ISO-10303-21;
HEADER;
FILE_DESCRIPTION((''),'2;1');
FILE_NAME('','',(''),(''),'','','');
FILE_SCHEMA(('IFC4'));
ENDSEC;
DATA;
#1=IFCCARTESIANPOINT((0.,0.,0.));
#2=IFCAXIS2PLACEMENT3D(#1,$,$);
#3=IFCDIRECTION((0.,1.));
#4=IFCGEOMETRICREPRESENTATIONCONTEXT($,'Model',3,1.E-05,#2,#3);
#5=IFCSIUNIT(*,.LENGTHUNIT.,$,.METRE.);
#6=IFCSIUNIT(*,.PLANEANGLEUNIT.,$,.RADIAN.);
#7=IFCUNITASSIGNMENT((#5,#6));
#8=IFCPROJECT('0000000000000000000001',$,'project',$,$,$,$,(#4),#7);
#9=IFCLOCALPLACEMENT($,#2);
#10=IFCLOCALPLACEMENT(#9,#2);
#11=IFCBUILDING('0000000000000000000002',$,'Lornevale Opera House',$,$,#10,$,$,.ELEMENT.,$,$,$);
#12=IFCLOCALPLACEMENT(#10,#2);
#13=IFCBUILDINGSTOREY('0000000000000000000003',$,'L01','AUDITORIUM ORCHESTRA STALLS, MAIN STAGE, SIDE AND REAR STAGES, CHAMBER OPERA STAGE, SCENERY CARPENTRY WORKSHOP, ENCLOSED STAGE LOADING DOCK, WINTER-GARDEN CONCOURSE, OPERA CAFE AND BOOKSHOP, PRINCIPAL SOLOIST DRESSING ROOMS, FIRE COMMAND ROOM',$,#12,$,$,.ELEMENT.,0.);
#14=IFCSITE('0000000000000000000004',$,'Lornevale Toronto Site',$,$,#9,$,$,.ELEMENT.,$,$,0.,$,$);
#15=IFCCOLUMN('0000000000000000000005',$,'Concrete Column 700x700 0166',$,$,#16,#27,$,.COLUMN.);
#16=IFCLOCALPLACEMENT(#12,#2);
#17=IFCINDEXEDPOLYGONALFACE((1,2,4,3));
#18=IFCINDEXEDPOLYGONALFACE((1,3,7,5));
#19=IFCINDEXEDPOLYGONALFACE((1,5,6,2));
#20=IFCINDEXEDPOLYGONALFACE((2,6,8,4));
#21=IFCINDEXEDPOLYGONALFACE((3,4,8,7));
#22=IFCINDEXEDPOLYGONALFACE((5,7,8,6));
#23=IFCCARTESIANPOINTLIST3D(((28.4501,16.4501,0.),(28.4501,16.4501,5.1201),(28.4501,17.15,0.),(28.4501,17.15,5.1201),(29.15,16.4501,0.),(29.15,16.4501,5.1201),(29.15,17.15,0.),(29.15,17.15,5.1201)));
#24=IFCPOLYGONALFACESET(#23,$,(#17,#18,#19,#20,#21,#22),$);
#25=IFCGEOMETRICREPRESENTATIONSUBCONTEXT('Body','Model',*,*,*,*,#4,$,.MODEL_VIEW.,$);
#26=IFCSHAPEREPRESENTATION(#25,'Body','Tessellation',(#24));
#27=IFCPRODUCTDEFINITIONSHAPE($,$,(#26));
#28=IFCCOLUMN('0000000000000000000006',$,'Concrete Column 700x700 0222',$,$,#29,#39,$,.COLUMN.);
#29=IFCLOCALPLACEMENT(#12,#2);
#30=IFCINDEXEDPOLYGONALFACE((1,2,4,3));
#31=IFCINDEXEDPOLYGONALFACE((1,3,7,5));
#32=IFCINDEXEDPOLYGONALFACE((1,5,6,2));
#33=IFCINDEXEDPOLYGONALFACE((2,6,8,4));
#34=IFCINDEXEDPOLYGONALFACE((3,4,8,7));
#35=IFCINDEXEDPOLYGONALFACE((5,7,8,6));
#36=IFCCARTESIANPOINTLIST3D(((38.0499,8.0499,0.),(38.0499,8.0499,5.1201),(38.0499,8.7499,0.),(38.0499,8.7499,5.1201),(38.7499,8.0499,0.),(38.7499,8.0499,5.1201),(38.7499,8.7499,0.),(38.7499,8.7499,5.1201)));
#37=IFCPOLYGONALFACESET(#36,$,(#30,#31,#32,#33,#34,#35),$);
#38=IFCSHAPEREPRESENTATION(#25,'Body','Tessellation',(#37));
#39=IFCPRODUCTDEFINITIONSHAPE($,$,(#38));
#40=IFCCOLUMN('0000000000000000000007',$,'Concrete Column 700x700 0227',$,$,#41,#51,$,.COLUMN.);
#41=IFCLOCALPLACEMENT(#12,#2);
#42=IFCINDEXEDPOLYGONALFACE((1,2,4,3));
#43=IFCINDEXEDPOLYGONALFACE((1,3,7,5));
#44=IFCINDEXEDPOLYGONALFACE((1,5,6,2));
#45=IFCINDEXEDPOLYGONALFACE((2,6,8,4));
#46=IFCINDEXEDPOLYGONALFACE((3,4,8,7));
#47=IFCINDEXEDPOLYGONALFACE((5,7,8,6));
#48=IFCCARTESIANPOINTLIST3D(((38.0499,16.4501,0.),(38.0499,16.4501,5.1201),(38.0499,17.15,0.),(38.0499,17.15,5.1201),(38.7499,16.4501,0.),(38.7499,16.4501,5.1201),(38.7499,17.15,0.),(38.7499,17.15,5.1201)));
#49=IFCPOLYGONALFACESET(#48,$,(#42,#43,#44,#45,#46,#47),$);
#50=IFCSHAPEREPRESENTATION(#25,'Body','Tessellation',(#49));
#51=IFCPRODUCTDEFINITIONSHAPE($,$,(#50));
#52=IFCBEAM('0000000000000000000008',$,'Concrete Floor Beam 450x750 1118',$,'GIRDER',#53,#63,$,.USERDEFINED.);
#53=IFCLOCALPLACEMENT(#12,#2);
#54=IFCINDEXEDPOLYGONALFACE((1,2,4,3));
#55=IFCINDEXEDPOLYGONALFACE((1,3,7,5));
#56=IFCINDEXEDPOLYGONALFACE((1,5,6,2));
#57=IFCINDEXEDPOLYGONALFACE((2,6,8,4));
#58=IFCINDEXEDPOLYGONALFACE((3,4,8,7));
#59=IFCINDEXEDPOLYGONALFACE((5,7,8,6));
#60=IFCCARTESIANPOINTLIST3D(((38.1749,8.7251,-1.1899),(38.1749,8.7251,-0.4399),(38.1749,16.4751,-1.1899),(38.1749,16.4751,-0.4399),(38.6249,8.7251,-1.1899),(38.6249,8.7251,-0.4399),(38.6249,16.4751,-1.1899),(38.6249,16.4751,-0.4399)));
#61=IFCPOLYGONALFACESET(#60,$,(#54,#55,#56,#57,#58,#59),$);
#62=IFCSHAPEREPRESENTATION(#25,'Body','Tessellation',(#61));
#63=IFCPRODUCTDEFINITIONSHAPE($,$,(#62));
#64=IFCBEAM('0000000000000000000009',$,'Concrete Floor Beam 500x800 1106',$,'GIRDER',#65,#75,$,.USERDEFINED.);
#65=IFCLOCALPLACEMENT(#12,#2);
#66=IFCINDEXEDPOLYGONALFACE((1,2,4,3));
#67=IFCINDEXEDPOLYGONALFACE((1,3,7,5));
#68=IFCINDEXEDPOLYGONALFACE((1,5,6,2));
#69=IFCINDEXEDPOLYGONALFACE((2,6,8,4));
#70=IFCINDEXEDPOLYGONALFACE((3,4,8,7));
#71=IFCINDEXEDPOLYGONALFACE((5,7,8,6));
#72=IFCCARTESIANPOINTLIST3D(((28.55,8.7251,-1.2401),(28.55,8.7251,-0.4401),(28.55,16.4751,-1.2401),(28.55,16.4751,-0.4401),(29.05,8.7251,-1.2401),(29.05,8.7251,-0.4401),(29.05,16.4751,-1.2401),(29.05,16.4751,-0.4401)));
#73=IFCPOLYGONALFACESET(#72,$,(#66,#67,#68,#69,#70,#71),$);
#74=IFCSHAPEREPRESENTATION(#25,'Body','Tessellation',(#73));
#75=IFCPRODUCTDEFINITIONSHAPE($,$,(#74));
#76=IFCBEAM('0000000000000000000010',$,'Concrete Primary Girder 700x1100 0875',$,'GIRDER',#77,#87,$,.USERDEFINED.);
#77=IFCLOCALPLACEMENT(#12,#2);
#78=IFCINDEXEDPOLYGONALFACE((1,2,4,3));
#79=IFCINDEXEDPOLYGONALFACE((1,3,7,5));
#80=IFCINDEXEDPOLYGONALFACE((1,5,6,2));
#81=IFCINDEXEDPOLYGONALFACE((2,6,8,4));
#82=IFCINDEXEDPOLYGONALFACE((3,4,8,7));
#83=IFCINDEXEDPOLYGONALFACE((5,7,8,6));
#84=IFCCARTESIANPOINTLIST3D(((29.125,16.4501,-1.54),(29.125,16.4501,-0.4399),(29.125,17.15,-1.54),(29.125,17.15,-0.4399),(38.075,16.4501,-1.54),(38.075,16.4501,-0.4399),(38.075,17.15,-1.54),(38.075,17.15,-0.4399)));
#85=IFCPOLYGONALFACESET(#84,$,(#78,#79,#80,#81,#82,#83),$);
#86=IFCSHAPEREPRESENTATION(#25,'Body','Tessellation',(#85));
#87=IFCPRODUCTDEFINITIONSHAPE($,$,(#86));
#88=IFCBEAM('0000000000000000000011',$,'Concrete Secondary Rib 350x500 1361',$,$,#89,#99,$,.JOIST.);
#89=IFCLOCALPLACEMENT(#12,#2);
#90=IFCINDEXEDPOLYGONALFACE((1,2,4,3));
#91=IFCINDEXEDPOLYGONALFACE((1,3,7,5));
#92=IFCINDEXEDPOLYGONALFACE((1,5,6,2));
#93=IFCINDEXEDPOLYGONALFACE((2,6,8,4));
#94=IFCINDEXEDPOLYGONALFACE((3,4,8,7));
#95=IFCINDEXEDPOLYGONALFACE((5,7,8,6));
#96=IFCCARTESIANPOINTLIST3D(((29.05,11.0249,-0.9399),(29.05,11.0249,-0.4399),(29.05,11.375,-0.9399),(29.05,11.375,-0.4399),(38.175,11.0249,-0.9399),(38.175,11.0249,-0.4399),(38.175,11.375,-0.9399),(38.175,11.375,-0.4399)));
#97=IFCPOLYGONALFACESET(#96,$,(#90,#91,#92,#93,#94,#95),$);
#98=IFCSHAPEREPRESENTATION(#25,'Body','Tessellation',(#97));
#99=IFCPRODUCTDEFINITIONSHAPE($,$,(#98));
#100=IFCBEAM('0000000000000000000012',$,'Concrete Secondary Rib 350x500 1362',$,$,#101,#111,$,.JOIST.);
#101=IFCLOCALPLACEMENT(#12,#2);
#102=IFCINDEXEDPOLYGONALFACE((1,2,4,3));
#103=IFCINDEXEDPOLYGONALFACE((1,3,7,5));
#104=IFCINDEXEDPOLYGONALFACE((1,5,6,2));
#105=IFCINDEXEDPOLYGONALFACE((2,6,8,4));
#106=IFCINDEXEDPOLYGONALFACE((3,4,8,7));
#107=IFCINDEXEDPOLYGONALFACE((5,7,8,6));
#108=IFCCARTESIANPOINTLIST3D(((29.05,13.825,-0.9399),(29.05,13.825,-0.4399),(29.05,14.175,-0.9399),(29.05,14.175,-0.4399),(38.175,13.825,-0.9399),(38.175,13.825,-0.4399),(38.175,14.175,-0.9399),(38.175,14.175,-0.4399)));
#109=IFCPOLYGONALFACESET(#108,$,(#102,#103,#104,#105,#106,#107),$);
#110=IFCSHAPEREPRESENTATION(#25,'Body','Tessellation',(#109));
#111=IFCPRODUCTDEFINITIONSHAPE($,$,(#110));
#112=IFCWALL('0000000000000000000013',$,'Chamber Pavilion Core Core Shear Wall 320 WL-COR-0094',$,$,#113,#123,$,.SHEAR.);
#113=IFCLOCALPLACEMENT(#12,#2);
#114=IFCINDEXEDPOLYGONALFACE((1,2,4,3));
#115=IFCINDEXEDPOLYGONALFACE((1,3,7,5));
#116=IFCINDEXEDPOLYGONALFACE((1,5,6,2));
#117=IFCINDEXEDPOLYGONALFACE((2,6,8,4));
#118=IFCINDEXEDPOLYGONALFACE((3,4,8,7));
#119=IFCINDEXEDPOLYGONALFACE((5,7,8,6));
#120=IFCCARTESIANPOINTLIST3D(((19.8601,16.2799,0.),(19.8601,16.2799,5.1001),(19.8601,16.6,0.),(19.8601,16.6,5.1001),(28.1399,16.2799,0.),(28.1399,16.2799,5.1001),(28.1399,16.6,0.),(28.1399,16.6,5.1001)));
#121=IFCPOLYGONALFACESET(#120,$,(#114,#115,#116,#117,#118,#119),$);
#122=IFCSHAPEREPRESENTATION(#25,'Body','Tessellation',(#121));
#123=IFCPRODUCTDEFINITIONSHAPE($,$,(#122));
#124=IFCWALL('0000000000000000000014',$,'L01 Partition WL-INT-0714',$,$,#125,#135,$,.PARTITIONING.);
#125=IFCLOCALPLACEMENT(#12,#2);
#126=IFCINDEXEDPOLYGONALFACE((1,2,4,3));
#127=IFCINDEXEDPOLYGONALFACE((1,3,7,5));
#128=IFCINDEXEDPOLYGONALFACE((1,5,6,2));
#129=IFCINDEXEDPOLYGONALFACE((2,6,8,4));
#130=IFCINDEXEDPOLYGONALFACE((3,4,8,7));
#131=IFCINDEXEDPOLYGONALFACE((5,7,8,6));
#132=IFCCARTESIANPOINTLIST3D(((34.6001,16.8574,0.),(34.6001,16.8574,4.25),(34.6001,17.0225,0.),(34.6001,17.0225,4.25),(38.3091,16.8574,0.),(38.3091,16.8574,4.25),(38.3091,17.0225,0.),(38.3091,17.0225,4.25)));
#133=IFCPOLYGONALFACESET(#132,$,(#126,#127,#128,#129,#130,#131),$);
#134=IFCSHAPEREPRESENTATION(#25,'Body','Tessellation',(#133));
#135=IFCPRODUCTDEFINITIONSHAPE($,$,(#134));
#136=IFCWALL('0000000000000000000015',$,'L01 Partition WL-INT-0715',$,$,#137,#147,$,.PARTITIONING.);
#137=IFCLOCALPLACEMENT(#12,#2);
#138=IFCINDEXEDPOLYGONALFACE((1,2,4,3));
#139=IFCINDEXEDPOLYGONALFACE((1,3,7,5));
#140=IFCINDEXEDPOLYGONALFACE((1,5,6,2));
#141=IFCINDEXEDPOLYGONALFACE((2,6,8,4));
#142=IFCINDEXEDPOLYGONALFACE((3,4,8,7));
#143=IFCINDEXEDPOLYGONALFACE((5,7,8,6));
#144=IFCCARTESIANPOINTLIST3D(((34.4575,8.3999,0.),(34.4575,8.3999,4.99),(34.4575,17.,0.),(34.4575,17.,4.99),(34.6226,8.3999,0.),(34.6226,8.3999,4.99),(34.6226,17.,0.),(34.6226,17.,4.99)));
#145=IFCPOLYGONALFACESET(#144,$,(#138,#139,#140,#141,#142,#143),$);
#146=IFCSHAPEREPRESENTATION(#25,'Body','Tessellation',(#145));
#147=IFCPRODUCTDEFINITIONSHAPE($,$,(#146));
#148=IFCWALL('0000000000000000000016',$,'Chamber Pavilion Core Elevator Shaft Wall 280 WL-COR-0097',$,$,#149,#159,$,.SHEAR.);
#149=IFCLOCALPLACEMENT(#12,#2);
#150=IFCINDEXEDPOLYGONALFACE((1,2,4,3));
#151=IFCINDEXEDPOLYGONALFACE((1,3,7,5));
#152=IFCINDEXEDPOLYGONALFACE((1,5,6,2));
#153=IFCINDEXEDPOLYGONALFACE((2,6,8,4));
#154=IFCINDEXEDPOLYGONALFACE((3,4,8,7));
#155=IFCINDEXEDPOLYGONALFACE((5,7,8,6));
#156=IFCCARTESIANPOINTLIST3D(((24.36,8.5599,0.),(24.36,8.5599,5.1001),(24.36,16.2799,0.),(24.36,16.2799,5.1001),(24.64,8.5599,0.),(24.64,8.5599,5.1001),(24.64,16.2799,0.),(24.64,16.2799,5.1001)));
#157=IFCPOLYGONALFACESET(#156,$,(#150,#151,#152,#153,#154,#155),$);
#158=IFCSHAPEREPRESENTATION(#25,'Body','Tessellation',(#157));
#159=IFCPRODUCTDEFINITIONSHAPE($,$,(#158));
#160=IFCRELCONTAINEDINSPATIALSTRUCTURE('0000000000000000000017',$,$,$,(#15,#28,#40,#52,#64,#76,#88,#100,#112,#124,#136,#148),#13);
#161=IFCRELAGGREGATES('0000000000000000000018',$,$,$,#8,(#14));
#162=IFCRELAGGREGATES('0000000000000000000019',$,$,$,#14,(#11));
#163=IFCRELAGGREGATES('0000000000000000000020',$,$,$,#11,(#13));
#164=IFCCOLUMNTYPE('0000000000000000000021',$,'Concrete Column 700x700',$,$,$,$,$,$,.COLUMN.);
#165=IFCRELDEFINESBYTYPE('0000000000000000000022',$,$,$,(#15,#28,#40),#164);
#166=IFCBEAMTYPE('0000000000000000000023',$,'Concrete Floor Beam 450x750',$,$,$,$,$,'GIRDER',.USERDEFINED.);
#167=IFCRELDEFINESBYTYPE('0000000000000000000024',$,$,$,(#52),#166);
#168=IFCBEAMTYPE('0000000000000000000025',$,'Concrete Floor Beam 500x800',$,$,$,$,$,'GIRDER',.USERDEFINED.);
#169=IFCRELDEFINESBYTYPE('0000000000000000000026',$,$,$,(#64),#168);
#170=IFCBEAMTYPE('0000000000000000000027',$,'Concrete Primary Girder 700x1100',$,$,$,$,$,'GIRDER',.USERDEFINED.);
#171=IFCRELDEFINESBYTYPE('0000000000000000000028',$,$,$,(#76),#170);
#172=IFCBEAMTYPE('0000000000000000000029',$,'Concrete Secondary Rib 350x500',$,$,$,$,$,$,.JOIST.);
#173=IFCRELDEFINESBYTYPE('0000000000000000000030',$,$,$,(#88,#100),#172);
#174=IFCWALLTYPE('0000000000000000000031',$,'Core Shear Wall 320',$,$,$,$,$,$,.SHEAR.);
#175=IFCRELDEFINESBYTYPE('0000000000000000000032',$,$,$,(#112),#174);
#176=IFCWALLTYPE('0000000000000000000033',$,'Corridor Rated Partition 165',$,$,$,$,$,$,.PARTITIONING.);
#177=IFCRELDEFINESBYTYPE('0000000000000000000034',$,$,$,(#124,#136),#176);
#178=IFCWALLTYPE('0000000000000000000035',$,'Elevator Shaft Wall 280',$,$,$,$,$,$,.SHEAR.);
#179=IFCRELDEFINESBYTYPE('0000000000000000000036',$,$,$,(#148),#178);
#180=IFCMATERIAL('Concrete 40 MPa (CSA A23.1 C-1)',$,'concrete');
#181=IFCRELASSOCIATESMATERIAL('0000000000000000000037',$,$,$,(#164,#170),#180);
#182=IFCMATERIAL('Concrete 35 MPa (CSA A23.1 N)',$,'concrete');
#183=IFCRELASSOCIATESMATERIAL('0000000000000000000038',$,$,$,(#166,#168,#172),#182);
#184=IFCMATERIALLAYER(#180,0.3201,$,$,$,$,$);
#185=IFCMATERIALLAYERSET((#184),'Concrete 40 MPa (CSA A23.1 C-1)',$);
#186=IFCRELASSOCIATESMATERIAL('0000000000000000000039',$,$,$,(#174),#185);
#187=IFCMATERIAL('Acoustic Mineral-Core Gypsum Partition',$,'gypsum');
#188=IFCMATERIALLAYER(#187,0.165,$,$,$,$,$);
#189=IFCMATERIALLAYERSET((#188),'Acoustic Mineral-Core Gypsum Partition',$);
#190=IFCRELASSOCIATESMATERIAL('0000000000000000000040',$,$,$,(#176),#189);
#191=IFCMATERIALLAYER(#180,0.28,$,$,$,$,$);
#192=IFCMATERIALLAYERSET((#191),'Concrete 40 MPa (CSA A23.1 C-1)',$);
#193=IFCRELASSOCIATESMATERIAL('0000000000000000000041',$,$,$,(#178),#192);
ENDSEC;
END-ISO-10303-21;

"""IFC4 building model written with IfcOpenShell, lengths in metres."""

from ifc_helpers import new_model, si_unit, direction, frame, frame_2d, origin, origin_2d, place, context, subcontext, project, spatial, rectangle, extrude, material, layer, layer_set, material_profile, profile_set, type_object, element, save


model = new_model("IFC4")

# Units and contexts
model_context = context("Model", 3, precision=1e-05, world=origin(), true_north=direction((0.0, 1.0)))
body_context = subcontext(model_context, "Body", "Model", "MODEL_VIEW")
ifc_project = project(units=[si_unit("LENGTHUNIT", "METRE"), si_unit("PLANEANGLEUNIT", "RADIAN")], contexts=[model_context])

# Site, building, storey
site_placement = place(None, origin())
site = spatial("IfcSite", under=ifc_project, at=site_placement, Name="Lornevale Toronto Site", CompositionType="ELEMENT", RefElevation=0.0)
building_placement = place(site_placement, origin())
building = spatial("IfcBuilding", under=site, at=building_placement, Name="Lornevale Opera House", CompositionType="ELEMENT")
storey_placement = place(building_placement, origin())
storey = spatial("IfcBuildingStorey", under=building, at=storey_placement, Name="L01", Description="AUDITORIUM ORCHESTRA STALLS, MAIN STAGE, SIDE AND REAR STAGES, CHAMBER OPERA STAGE, SCENERY CARPENTRY WORKSHOP, ENCLOSED STAGE LOADING DOCK, WINTER-GARDEN CONCOURSE, OPERA CAFE AND BOOKSHOP, PRINCIPAL SOLOIST DRESSING ROOMS, FIRE COMMAND ROOM", CompositionType="ELEMENT", Elevation=0.0)

# Columns
ifc_material_1 = material(Name="Concrete 40 MPa (CSA A23.1 C-1)", Category="concrete")
ifc_material_profile_1 = material_profile(ifc_material_1, rectangle(XDim=0.7, YDim=0.7, at=origin_2d()), Name="RC700x700")
ifc_profile_set_1 = profile_set([ifc_material_profile_1], Name="Concrete 40 MPa (CSA A23.1 C-1)")
column_type = type_object("IfcColumnType", Name="Concrete Column 700x700", PredefinedType="COLUMN", material=ifc_profile_set_1)
for number, where, z_axis, x_axis, name in (
    (1, (28.8, 16.8, 0.0), (0.0, 0.0, 1.0), (1.0, 0.0, 0.0), "Concrete Column 700x700 0166"),
    (2, (38.3999, 8.3999, 0.0), (0.0, 0.0, 1.0), (1.0, 0.0, 0.0), "Concrete Column 700x700 0222"),
    (3, (38.3999, 16.8, 0.0), (0.0, 0.0, 1.0), (1.0, 0.0, 0.0), "Concrete Column 700x700 0227"),
):
    element("IfcColumn", number, at=place(storey_placement, frame(where, z_axis=z_axis, x_axis=x_axis)), inside=storey, type_object=column_type, Name=name, PredefinedType="COLUMN", context=body_context, shape_type="SweptSolid", body=[
        extrude(rectangle(XDim=0.7, YDim=0.7, at=origin_2d()), origin(), (0.0, 0.0, 1.0), 5.1201),
    ])

# Beams
ifc_material_2 = material(Name="Concrete 35 MPa (CSA A23.1 N)", Category="concrete")
ifc_material_profile_2 = material_profile(ifc_material_2, rectangle(XDim=0.45, YDim=0.75, at=origin_2d()), Name="RC450x750")
ifc_profile_set_2 = profile_set([ifc_material_profile_2], Name="Concrete 35 MPa (CSA A23.1 N)")
beam_type_1 = type_object("IfcBeamType", Name="Concrete Floor Beam 450x750", ElementType="GIRDER", PredefinedType="USERDEFINED", material=ifc_profile_set_2)
beam_1_placement = place(storey_placement, frame((38.3999, 8.7251, -0.8149), z_axis=(0.0, 1.0, 0.0), x_axis=(-1.0, 0.0, 0.0)))
element("IfcBeam", 4, at=beam_1_placement, inside=storey, type_object=beam_type_1, Name="Concrete Floor Beam 450x750 1118", ObjectType="GIRDER", PredefinedType="USERDEFINED", context=body_context, shape_type="SweptSolid", body=[
    extrude(rectangle(XDim=0.45, YDim=0.75, at=origin_2d()), origin(), (0.0, 0.0, 1.0), 7.75),
])
ifc_material_profile_3 = material_profile(ifc_material_2, rectangle(XDim=0.5, YDim=0.8, at=origin_2d()), Name="RC500x800")
ifc_profile_set_3 = profile_set([ifc_material_profile_3], Name="Concrete 35 MPa (CSA A23.1 N)")
beam_type_2 = type_object("IfcBeamType", Name="Concrete Floor Beam 500x800", ElementType="GIRDER", PredefinedType="USERDEFINED", material=ifc_profile_set_3)
beam_2_placement = place(storey_placement, frame((28.8, 8.7251, -0.8401), z_axis=(0.0, 1.0, 0.0), x_axis=(-1.0, 0.0, 0.0)))
element("IfcBeam", 5, at=beam_2_placement, inside=storey, type_object=beam_type_2, Name="Concrete Floor Beam 500x800 1106", ObjectType="GIRDER", PredefinedType="USERDEFINED", context=body_context, shape_type="SweptSolid", body=[
    extrude(rectangle(XDim=0.5, YDim=0.8, at=origin_2d()), origin(), (0.0, 0.0, 1.0), 7.75),
])
ifc_material_profile_4 = material_profile(ifc_material_1, rectangle(XDim=0.7, YDim=1.1001, at=origin_2d()), Name="RC700x1100")
ifc_profile_set_4 = profile_set([ifc_material_profile_4], Name="Concrete 40 MPa (CSA A23.1 C-1)")
beam_type_3 = type_object("IfcBeamType", Name="Concrete Primary Girder 700x1100", ElementType="GIRDER", PredefinedType="USERDEFINED", material=ifc_profile_set_4)
beam_3_placement = place(storey_placement, frame((29.125, 16.8, -0.99), z_axis=(1.0, 0.0, 0.0), x_axis=(0.0, 1.0, 0.0)))
element("IfcBeam", 6, at=beam_3_placement, inside=storey, type_object=beam_type_3, Name="Concrete Primary Girder 700x1100 0875", ObjectType="GIRDER", PredefinedType="USERDEFINED", context=body_context, shape_type="SweptSolid", body=[
    extrude(rectangle(XDim=0.7, YDim=1.1001, at=origin_2d()), origin(), (0.0, 0.0, 1.0), 8.95),
])
ifc_material_profile_5 = material_profile(ifc_material_2, rectangle(XDim=0.3501, YDim=0.5, at=origin_2d()), Name="RC350x500")
ifc_profile_set_5 = profile_set([ifc_material_profile_5], Name="Concrete 35 MPa (CSA A23.1 N)")
beam_type_4 = type_object("IfcBeamType", Name="Concrete Secondary Rib 350x500", PredefinedType="JOIST", material=ifc_profile_set_5)
for number, where, z_axis, x_axis, name in (
    (7, (29.05, 11.2, -0.6899), (1.0, 0.0, 0.0), (0.0, 1.0, 0.0), "Concrete Secondary Rib 350x500 1361"),
    (8, (29.05, 14.0, -0.6899), (1.0, 0.0, 0.0), (0.0, 1.0, 0.0), "Concrete Secondary Rib 350x500 1362"),
):
    element("IfcBeam", number, at=place(storey_placement, frame(where, z_axis=z_axis, x_axis=x_axis)), inside=storey, type_object=beam_type_4, Name=name, PredefinedType="JOIST", context=body_context, shape_type="SweptSolid", body=[
        extrude(rectangle(XDim=0.3501, YDim=0.5, at=origin_2d()), origin(), (0.0, 0.0, 1.0), 9.125),
    ])

# Walls
ifc_layer_1 = layer(ifc_material_1, 0.3201)
ifc_layer_set_1 = layer_set([ifc_layer_1], Name="Concrete 40 MPa (CSA A23.1 C-1)")
wall_type_1 = type_object("IfcWallType", Name="Core Shear Wall 320", PredefinedType="SHEAR", material=ifc_layer_set_1)
wall_1_placement = place(storey_placement, frame((28.1399, 16.4399, 0.0), z_axis=(0.0, 0.0, 1.0), x_axis=(-1.0, 0.0, 0.0)))
element("IfcWall", 9, at=wall_1_placement, inside=storey, type_object=wall_type_1, Name="Chamber Pavilion Core Core Shear Wall 320 WL-COR-0094", PredefinedType="SHEAR", context=body_context, shape_type="SweptSolid", body=[
    extrude(rectangle(XDim=8.2798, YDim=0.3201, at=frame_2d((4.1399, 0.0))), origin(), (0.0, 0.0, 1.0), 5.1001),
])
ifc_material_3 = material(Name="Acoustic Mineral-Core Gypsum Partition", Category="gypsum")
ifc_layer_2 = layer(ifc_material_3, 0.165)
ifc_layer_set_2 = layer_set([ifc_layer_2], Name="Acoustic Mineral-Core Gypsum Partition")
wall_type_2 = type_object("IfcWallType", Name="Corridor Rated Partition 165", PredefinedType="PARTITIONING", material=ifc_layer_set_2)
wall_2_placement = place(storey_placement, frame((34.6001, 16.9399, 0.0), z_axis=(0.0, 0.0, 1.0), x_axis=(1.0, 0.0, 0.0)))
element("IfcWall", 10, at=wall_2_placement, inside=storey, type_object=wall_type_2, Name="L01 Partition WL-INT-0714", PredefinedType="PARTITIONING", context=body_context, shape_type="SweptSolid", body=[
    extrude(rectangle(XDim=3.709, YDim=0.165, at=frame_2d((1.8545, 0.0))), origin(), (0.0, 0.0, 1.0), 4.25),
])
wall_3_placement = place(storey_placement, frame((34.54, 8.3999, 0.0), z_axis=(0.0, 0.0, 1.0), x_axis=(0.0, 1.0, 0.0)))
element("IfcWall", 11, at=wall_3_placement, inside=storey, type_object=wall_type_2, Name="L01 Partition WL-INT-0715", PredefinedType="PARTITIONING", context=body_context, shape_type="SweptSolid", body=[
    extrude(rectangle(XDim=8.6001, YDim=0.165, at=frame_2d((4.3, 0.0))), origin(), (0.0, 0.0, 1.0), 4.99),
])
ifc_layer_3 = layer(ifc_material_1, 0.28)
ifc_layer_set_3 = layer_set([ifc_layer_3], Name="Concrete 40 MPa (CSA A23.1 C-1)")
wall_type_3 = type_object("IfcWallType", Name="Elevator Shaft Wall 280", PredefinedType="SHEAR", material=ifc_layer_set_3)
wall_4_placement = place(storey_placement, frame((24.5, 8.5601, 0.0), z_axis=(0.0, 0.0, 1.0), x_axis=(0.0, 1.0, 0.0)))
element("IfcWall", 12, at=wall_4_placement, inside=storey, type_object=wall_type_3, Name="Chamber Pavilion Core Elevator Shaft Wall 280 WL-COR-0097", PredefinedType="SHEAR", context=body_context, shape_type="SweptSolid", body=[
    extrude(rectangle(XDim=7.72, YDim=0.28, at=frame_2d((3.8599, 0.0))), origin(), (0.0, 0.0, 1.0), 5.1001),
])

save(model, "model.ifc")
